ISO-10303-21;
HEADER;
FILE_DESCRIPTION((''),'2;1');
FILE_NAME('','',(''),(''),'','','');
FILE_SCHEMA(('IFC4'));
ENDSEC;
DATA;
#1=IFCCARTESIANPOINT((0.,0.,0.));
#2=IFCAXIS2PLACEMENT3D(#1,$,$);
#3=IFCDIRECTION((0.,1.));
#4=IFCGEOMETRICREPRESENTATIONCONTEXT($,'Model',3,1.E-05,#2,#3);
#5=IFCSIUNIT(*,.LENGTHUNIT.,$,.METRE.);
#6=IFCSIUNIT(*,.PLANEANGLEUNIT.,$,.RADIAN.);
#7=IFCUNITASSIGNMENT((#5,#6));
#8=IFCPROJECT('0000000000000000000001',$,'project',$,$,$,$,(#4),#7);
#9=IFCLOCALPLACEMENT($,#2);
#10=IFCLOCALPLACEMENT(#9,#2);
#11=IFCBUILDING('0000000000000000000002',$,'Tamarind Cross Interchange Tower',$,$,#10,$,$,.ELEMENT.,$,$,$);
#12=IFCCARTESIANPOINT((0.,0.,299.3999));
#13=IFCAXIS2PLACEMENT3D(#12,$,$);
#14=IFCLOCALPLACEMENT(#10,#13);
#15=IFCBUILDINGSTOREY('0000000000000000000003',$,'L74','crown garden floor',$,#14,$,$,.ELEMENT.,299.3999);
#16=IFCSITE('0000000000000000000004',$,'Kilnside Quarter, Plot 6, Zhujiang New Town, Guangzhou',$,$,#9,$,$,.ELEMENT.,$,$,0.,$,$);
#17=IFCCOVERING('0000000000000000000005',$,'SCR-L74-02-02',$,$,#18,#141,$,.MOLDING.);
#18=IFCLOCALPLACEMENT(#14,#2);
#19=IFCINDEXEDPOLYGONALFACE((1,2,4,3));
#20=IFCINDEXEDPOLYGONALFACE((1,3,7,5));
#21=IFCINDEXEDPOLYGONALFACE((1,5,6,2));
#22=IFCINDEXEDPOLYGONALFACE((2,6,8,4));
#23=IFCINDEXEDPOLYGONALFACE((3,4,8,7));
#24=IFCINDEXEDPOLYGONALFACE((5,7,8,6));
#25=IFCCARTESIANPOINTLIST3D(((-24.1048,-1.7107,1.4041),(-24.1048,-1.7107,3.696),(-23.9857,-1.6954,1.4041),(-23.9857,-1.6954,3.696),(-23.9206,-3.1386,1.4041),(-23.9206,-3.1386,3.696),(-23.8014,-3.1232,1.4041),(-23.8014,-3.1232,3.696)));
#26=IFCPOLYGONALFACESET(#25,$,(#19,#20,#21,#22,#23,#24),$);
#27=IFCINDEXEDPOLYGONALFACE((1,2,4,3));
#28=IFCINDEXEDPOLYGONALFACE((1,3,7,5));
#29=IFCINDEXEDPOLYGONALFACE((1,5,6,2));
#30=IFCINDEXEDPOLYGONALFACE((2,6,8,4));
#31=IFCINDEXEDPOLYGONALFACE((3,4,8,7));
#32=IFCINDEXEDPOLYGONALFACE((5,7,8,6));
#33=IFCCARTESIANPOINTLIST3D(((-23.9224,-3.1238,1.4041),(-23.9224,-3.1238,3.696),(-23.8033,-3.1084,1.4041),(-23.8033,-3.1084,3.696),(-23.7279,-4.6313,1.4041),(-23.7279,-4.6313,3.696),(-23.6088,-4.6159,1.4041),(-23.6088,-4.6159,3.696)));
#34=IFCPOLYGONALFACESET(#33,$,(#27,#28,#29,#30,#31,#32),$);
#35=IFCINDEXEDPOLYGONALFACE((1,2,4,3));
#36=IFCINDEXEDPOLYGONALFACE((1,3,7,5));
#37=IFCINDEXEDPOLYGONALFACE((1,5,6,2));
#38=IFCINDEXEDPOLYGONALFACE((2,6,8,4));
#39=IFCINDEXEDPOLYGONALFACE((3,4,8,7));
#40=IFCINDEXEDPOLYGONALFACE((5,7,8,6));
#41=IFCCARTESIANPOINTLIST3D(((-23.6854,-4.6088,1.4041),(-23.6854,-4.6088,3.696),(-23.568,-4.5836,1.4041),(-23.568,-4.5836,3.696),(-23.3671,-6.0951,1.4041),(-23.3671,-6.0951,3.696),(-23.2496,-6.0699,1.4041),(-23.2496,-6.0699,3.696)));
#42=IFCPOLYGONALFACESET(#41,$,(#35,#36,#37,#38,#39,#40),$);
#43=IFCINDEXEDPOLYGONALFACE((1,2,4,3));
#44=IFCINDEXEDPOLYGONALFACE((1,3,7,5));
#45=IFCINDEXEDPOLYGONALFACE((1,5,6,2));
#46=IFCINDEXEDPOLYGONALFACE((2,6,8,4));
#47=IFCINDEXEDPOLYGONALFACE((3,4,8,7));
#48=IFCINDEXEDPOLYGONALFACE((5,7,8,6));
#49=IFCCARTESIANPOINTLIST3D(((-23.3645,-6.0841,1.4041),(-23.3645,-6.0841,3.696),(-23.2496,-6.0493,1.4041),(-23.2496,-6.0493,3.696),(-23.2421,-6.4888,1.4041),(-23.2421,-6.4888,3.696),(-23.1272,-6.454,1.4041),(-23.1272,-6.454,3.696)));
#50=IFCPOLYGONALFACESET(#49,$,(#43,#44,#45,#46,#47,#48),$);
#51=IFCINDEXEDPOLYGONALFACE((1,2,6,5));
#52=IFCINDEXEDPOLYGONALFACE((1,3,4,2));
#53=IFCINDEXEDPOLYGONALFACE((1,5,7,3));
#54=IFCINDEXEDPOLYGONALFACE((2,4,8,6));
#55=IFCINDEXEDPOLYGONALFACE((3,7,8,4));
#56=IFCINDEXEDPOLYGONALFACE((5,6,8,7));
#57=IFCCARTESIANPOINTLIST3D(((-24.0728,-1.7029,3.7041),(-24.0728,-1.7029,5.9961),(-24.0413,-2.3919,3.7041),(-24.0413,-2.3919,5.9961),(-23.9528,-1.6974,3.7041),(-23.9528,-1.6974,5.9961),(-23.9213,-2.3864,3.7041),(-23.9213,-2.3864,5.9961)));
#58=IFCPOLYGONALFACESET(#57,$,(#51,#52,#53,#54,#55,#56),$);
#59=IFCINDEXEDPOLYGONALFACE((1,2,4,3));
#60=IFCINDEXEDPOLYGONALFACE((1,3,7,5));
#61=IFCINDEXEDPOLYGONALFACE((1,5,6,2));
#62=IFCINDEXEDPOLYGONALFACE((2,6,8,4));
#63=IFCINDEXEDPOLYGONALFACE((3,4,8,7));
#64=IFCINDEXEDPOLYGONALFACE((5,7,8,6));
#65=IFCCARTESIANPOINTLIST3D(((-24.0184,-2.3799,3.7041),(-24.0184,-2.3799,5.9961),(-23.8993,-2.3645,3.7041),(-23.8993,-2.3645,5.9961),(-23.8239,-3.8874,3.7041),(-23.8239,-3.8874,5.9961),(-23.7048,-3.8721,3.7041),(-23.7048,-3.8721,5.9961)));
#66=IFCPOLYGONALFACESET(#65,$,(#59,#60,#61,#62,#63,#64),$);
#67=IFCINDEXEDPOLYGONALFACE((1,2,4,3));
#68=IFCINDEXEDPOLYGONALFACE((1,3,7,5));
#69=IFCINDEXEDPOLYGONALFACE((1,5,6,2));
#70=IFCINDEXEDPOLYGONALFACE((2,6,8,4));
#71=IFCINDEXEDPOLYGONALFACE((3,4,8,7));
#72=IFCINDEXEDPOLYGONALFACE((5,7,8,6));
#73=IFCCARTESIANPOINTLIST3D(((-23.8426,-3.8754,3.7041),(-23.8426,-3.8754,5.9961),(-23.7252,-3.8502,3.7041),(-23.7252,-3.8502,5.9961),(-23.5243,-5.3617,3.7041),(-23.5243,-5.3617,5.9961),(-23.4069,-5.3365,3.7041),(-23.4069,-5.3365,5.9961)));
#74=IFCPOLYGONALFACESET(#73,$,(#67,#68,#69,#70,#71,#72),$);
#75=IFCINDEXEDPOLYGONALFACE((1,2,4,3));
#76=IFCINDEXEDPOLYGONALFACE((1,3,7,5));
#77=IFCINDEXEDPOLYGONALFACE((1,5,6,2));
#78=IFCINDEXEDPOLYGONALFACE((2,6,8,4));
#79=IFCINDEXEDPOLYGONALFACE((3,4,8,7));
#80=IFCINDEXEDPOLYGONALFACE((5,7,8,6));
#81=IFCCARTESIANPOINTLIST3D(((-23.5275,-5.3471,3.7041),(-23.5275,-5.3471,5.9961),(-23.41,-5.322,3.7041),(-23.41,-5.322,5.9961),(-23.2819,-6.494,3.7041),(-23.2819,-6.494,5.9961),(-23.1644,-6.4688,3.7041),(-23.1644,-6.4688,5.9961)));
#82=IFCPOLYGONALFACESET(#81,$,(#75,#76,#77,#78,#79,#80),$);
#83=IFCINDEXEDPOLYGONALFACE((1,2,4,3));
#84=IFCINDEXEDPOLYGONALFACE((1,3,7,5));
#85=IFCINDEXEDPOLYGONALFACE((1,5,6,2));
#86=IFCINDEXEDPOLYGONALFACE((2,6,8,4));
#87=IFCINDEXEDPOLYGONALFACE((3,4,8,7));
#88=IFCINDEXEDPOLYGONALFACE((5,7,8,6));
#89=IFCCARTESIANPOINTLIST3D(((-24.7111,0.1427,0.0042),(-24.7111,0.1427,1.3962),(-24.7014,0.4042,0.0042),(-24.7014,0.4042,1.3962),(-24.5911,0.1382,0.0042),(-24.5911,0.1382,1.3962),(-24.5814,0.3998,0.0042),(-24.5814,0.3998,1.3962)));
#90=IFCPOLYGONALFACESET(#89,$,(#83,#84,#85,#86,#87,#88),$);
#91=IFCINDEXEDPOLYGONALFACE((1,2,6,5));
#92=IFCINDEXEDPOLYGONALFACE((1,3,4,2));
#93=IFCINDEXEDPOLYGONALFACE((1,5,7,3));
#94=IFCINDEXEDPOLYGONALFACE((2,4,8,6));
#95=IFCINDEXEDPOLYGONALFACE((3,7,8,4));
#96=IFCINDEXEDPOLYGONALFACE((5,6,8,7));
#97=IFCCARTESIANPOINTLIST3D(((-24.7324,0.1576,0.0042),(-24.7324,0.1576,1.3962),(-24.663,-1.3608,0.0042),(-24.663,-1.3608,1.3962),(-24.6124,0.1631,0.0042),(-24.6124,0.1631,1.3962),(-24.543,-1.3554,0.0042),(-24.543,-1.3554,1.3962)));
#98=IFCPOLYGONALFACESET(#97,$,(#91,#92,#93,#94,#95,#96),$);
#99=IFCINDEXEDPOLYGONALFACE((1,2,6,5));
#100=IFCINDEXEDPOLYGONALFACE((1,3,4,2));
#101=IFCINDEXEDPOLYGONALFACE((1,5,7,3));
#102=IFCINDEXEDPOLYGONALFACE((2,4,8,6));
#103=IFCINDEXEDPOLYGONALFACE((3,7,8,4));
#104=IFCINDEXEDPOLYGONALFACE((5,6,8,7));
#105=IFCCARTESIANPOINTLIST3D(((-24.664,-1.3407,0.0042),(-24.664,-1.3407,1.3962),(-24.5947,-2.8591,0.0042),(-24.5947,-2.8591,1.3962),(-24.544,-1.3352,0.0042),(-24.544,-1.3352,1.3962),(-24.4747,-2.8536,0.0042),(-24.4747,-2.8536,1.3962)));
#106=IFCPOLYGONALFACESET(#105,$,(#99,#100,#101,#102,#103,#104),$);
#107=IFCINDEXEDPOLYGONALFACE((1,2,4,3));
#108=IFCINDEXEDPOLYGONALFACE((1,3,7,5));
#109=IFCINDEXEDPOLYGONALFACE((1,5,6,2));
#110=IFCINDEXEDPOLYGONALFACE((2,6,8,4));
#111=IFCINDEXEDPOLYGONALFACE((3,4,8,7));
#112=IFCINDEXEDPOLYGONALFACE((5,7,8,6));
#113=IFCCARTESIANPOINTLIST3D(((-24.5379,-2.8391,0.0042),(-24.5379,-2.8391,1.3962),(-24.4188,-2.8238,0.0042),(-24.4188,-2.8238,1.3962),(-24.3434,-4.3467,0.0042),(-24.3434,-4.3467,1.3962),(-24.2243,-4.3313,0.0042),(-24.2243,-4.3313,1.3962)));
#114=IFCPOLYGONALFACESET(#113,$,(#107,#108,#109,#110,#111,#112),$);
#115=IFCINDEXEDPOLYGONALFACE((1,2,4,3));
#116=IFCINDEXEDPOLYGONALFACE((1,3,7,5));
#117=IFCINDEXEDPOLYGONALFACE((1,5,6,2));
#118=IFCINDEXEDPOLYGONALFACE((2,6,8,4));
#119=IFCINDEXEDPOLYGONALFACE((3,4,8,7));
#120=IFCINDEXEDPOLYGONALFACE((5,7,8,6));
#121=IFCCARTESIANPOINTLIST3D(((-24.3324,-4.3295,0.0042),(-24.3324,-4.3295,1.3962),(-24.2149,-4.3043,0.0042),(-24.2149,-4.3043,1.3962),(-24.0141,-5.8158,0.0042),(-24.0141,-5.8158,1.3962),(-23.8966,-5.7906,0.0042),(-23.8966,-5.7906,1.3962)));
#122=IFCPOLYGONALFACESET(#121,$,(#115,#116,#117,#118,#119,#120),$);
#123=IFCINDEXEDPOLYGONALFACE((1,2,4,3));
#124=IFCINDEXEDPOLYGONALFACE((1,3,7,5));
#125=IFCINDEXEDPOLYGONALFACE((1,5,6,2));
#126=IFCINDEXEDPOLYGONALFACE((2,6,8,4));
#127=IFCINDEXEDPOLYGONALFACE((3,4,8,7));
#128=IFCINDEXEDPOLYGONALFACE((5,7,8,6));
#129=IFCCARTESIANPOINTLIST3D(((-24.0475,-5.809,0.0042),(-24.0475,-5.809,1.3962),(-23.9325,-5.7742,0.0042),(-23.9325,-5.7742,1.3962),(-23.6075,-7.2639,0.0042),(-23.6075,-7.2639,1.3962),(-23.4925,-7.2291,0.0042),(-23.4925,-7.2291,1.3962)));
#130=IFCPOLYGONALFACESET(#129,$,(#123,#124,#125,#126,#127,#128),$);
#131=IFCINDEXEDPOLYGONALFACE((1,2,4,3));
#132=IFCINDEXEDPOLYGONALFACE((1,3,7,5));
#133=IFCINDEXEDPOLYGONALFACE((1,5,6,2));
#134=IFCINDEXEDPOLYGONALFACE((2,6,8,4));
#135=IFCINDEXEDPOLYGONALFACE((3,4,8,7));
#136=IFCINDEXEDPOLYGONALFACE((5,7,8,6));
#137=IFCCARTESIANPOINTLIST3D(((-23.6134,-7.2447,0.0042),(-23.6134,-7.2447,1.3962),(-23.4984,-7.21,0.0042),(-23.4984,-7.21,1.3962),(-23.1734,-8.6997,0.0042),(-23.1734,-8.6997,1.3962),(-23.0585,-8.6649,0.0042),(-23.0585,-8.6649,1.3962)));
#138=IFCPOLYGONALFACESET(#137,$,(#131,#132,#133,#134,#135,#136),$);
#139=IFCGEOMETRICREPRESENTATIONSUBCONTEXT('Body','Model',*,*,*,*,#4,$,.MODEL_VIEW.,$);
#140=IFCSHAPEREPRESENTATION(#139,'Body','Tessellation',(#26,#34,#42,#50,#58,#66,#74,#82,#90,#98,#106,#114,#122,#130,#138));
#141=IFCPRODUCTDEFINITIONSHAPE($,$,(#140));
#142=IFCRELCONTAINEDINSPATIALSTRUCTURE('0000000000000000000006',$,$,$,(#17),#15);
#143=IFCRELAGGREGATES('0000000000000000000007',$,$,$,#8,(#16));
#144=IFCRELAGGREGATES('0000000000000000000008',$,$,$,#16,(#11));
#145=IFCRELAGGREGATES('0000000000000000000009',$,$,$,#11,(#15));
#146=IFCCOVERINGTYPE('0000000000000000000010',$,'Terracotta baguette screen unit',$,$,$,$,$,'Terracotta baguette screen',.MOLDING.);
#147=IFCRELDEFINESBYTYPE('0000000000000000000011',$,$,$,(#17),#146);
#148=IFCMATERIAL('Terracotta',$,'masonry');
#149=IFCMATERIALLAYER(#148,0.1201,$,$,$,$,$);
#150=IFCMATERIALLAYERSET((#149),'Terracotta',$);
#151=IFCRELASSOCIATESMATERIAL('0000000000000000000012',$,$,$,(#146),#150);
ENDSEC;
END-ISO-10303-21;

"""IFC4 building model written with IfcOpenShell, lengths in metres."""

from ifc_helpers import new_model, si_unit, direction, frame, origin, origin_2d, place, context, subcontext, project, spatial, rectangle, extrude, material, layer, layer_set, type_object, element, save


model = new_model("IFC4")

# Units and contexts
model_context = context("Model", 3, precision=1e-05, world=origin(), true_north=direction((0.0, 1.0)))
body_context = subcontext(model_context, "Body", "Model", "MODEL_VIEW")
ifc_project = project(units=[si_unit("LENGTHUNIT", "METRE"), si_unit("PLANEANGLEUNIT", "RADIAN")], contexts=[model_context])

# Site, building, storey
site_placement = place(None, origin())
site = spatial("IfcSite", under=ifc_project, at=site_placement, Name="Kilnside Quarter, Plot 6, Zhujiang New Town, Guangzhou", CompositionType="ELEMENT", RefElevation=0.0)
building_placement = place(site_placement, origin())
building = spatial("IfcBuilding", under=site, at=building_placement, Name="Tamarind Cross Interchange Tower", CompositionType="ELEMENT")
storey_placement = place(building_placement, frame((0.0, 0.0, 299.3999)))
storey = spatial("IfcBuildingStorey", under=building, at=storey_placement, Name="L74", Description="crown garden floor", CompositionType="ELEMENT", Elevation=299.3999)

# Covering
ifc_material_1 = material(Name="Terracotta", Category="masonry")
ifc_layer_1 = layer(ifc_material_1, 0.1201)
ifc_layer_set_1 = layer_set([ifc_layer_1], Name="Terracotta")
covering_type = type_object("IfcCoveringType", Name="Terracotta baguette screen unit", ElementType="Terracotta baguette screen", PredefinedType="MOLDING", material=ifc_layer_set_1)
covering_1_placement = place(storey_placement, origin())
element("IfcCovering", 1, at=covering_1_placement, inside=storey, type_object=covering_type, Name="SCR-L74-02-02", PredefinedType="MOLDING", context=body_context, shape_type="SweptSolid", body=[
    extrude(rectangle(XDim=1.4397, YDim=0.1201, at=origin_2d()), frame((-23.9531, -2.417, 1.4041), z_axis=(0.0, 0.0, 1.0), x_axis=(0.127962, -0.991779, 0.0)), (0.0, 0.0, 1.0), 2.292),
    extrude(rectangle(XDim=1.52, YDim=0.1201, at=origin_2d()), frame((-23.7656, -3.8699, 1.4041), z_axis=(0.0, 0.0, 1.0), x_axis=(0.127962, -0.991779, 0.0)), (0.0, 0.0, 1.0), 2.292),
    extrude(rectangle(XDim=1.52, YDim=0.1201, at=origin_2d()), frame((-23.4675, -5.3394, 1.4041), z_axis=(0.0, 0.0, 1.0), x_axis=(0.209425, -0.977825, 0.0)), (0.0, 0.0, 1.0), 2.292),
    extrude(rectangle(XDim=0.4229, YDim=0.1201, at=origin_2d()), frame((-23.2458, -6.269, 1.4041), z_axis=(0.0, 0.0, 1.0), x_axis=(0.289458, -0.957191, 0.0)), (0.0, 0.0, 1.0), 2.292),
    extrude(rectangle(XDim=0.6897, YDim=0.1201, at=origin_2d()), frame((-23.9971, -2.0447, 3.7041), z_axis=(0.0, 0.0, 1.0), x_axis=(0.045624, -0.998959, 0.0)), (0.0, 0.0, 1.0), 2.292),
    extrude(rectangle(XDim=1.52, YDim=0.1201, at=origin_2d()), frame((-23.8616, -3.126, 3.7041), z_axis=(0.0, 0.0, 1.0), x_axis=(0.127962, -0.991779, 0.0)), (0.0, 0.0, 1.0), 2.292),
    extrude(rectangle(XDim=1.52, YDim=0.1201, at=origin_2d()), frame((-23.6248, -4.606, 3.7041), z_axis=(0.0, 0.0, 1.0), x_axis=(0.209425, -0.977825, 0.0)), (0.0, 0.0, 1.0), 2.292),
    extrude(rectangle(XDim=1.1729, YDim=0.1201, at=origin_2d()), frame((-23.3459, -5.908, 3.7041), z_axis=(0.0, 0.0, 1.0), x_axis=(0.209425, -0.977825, 0.0)), (0.0, 0.0, 1.0), 2.292),
    extrude(rectangle(XDim=0.2617, YDim=0.1201, at=origin_2d()), frame((-24.6462, 0.2712, 0.0042), z_axis=(0.0, 0.0, 1.0), x_axis=(-0.037025, -0.999314, 0.0)), (0.0, 0.0, 1.0), 1.3921),
    extrude(rectangle(XDim=1.52, YDim=0.1201, at=origin_2d()), frame((-24.6377, -0.5989, 0.0042), z_axis=(0.0, 0.0, 1.0), x_axis=(0.045624, -0.998959, 0.0)), (0.0, 0.0, 1.0), 1.3921),
    extrude(rectangle(XDim=1.52, YDim=0.1201, at=origin_2d()), frame((-24.5693, -2.0972, 0.0042), z_axis=(0.0, 0.0, 1.0), x_axis=(0.045624, -0.998959, 0.0)), (0.0, 0.0, 1.0), 1.3921),
    extrude(rectangle(XDim=1.52, YDim=0.1201, at=origin_2d()), frame((-24.3811, -3.5852, 0.0042), z_axis=(0.0, 0.0, 1.0), x_axis=(0.127962, -0.991779, 0.0)), (0.0, 0.0, 1.0), 1.3921),
    extrude(rectangle(XDim=1.52, YDim=0.1201, at=origin_2d()), frame((-24.1145, -5.0601, 0.0042), z_axis=(0.0, 0.0, 1.0), x_axis=(0.209425, -0.977825, 0.0)), (0.0, 0.0, 1.0), 1.3921),
    extrude(rectangle(XDim=1.52, YDim=0.1201, at=origin_2d()), frame((-23.77, -6.519, 0.0042), z_axis=(0.0, 0.0, 1.0), x_axis=(0.289458, -0.957191, 0.0)), (0.0, 0.0, 1.0), 1.3921),
    extrude(rectangle(XDim=1.52, YDim=0.1201, at=origin_2d()), frame((-23.3359, -7.9548, 0.0042), z_axis=(0.0, 0.0, 1.0), x_axis=(0.289458, -0.957191, 0.0)), (0.0, 0.0, 1.0), 1.3921),
])

save(model, "model.ifc")
